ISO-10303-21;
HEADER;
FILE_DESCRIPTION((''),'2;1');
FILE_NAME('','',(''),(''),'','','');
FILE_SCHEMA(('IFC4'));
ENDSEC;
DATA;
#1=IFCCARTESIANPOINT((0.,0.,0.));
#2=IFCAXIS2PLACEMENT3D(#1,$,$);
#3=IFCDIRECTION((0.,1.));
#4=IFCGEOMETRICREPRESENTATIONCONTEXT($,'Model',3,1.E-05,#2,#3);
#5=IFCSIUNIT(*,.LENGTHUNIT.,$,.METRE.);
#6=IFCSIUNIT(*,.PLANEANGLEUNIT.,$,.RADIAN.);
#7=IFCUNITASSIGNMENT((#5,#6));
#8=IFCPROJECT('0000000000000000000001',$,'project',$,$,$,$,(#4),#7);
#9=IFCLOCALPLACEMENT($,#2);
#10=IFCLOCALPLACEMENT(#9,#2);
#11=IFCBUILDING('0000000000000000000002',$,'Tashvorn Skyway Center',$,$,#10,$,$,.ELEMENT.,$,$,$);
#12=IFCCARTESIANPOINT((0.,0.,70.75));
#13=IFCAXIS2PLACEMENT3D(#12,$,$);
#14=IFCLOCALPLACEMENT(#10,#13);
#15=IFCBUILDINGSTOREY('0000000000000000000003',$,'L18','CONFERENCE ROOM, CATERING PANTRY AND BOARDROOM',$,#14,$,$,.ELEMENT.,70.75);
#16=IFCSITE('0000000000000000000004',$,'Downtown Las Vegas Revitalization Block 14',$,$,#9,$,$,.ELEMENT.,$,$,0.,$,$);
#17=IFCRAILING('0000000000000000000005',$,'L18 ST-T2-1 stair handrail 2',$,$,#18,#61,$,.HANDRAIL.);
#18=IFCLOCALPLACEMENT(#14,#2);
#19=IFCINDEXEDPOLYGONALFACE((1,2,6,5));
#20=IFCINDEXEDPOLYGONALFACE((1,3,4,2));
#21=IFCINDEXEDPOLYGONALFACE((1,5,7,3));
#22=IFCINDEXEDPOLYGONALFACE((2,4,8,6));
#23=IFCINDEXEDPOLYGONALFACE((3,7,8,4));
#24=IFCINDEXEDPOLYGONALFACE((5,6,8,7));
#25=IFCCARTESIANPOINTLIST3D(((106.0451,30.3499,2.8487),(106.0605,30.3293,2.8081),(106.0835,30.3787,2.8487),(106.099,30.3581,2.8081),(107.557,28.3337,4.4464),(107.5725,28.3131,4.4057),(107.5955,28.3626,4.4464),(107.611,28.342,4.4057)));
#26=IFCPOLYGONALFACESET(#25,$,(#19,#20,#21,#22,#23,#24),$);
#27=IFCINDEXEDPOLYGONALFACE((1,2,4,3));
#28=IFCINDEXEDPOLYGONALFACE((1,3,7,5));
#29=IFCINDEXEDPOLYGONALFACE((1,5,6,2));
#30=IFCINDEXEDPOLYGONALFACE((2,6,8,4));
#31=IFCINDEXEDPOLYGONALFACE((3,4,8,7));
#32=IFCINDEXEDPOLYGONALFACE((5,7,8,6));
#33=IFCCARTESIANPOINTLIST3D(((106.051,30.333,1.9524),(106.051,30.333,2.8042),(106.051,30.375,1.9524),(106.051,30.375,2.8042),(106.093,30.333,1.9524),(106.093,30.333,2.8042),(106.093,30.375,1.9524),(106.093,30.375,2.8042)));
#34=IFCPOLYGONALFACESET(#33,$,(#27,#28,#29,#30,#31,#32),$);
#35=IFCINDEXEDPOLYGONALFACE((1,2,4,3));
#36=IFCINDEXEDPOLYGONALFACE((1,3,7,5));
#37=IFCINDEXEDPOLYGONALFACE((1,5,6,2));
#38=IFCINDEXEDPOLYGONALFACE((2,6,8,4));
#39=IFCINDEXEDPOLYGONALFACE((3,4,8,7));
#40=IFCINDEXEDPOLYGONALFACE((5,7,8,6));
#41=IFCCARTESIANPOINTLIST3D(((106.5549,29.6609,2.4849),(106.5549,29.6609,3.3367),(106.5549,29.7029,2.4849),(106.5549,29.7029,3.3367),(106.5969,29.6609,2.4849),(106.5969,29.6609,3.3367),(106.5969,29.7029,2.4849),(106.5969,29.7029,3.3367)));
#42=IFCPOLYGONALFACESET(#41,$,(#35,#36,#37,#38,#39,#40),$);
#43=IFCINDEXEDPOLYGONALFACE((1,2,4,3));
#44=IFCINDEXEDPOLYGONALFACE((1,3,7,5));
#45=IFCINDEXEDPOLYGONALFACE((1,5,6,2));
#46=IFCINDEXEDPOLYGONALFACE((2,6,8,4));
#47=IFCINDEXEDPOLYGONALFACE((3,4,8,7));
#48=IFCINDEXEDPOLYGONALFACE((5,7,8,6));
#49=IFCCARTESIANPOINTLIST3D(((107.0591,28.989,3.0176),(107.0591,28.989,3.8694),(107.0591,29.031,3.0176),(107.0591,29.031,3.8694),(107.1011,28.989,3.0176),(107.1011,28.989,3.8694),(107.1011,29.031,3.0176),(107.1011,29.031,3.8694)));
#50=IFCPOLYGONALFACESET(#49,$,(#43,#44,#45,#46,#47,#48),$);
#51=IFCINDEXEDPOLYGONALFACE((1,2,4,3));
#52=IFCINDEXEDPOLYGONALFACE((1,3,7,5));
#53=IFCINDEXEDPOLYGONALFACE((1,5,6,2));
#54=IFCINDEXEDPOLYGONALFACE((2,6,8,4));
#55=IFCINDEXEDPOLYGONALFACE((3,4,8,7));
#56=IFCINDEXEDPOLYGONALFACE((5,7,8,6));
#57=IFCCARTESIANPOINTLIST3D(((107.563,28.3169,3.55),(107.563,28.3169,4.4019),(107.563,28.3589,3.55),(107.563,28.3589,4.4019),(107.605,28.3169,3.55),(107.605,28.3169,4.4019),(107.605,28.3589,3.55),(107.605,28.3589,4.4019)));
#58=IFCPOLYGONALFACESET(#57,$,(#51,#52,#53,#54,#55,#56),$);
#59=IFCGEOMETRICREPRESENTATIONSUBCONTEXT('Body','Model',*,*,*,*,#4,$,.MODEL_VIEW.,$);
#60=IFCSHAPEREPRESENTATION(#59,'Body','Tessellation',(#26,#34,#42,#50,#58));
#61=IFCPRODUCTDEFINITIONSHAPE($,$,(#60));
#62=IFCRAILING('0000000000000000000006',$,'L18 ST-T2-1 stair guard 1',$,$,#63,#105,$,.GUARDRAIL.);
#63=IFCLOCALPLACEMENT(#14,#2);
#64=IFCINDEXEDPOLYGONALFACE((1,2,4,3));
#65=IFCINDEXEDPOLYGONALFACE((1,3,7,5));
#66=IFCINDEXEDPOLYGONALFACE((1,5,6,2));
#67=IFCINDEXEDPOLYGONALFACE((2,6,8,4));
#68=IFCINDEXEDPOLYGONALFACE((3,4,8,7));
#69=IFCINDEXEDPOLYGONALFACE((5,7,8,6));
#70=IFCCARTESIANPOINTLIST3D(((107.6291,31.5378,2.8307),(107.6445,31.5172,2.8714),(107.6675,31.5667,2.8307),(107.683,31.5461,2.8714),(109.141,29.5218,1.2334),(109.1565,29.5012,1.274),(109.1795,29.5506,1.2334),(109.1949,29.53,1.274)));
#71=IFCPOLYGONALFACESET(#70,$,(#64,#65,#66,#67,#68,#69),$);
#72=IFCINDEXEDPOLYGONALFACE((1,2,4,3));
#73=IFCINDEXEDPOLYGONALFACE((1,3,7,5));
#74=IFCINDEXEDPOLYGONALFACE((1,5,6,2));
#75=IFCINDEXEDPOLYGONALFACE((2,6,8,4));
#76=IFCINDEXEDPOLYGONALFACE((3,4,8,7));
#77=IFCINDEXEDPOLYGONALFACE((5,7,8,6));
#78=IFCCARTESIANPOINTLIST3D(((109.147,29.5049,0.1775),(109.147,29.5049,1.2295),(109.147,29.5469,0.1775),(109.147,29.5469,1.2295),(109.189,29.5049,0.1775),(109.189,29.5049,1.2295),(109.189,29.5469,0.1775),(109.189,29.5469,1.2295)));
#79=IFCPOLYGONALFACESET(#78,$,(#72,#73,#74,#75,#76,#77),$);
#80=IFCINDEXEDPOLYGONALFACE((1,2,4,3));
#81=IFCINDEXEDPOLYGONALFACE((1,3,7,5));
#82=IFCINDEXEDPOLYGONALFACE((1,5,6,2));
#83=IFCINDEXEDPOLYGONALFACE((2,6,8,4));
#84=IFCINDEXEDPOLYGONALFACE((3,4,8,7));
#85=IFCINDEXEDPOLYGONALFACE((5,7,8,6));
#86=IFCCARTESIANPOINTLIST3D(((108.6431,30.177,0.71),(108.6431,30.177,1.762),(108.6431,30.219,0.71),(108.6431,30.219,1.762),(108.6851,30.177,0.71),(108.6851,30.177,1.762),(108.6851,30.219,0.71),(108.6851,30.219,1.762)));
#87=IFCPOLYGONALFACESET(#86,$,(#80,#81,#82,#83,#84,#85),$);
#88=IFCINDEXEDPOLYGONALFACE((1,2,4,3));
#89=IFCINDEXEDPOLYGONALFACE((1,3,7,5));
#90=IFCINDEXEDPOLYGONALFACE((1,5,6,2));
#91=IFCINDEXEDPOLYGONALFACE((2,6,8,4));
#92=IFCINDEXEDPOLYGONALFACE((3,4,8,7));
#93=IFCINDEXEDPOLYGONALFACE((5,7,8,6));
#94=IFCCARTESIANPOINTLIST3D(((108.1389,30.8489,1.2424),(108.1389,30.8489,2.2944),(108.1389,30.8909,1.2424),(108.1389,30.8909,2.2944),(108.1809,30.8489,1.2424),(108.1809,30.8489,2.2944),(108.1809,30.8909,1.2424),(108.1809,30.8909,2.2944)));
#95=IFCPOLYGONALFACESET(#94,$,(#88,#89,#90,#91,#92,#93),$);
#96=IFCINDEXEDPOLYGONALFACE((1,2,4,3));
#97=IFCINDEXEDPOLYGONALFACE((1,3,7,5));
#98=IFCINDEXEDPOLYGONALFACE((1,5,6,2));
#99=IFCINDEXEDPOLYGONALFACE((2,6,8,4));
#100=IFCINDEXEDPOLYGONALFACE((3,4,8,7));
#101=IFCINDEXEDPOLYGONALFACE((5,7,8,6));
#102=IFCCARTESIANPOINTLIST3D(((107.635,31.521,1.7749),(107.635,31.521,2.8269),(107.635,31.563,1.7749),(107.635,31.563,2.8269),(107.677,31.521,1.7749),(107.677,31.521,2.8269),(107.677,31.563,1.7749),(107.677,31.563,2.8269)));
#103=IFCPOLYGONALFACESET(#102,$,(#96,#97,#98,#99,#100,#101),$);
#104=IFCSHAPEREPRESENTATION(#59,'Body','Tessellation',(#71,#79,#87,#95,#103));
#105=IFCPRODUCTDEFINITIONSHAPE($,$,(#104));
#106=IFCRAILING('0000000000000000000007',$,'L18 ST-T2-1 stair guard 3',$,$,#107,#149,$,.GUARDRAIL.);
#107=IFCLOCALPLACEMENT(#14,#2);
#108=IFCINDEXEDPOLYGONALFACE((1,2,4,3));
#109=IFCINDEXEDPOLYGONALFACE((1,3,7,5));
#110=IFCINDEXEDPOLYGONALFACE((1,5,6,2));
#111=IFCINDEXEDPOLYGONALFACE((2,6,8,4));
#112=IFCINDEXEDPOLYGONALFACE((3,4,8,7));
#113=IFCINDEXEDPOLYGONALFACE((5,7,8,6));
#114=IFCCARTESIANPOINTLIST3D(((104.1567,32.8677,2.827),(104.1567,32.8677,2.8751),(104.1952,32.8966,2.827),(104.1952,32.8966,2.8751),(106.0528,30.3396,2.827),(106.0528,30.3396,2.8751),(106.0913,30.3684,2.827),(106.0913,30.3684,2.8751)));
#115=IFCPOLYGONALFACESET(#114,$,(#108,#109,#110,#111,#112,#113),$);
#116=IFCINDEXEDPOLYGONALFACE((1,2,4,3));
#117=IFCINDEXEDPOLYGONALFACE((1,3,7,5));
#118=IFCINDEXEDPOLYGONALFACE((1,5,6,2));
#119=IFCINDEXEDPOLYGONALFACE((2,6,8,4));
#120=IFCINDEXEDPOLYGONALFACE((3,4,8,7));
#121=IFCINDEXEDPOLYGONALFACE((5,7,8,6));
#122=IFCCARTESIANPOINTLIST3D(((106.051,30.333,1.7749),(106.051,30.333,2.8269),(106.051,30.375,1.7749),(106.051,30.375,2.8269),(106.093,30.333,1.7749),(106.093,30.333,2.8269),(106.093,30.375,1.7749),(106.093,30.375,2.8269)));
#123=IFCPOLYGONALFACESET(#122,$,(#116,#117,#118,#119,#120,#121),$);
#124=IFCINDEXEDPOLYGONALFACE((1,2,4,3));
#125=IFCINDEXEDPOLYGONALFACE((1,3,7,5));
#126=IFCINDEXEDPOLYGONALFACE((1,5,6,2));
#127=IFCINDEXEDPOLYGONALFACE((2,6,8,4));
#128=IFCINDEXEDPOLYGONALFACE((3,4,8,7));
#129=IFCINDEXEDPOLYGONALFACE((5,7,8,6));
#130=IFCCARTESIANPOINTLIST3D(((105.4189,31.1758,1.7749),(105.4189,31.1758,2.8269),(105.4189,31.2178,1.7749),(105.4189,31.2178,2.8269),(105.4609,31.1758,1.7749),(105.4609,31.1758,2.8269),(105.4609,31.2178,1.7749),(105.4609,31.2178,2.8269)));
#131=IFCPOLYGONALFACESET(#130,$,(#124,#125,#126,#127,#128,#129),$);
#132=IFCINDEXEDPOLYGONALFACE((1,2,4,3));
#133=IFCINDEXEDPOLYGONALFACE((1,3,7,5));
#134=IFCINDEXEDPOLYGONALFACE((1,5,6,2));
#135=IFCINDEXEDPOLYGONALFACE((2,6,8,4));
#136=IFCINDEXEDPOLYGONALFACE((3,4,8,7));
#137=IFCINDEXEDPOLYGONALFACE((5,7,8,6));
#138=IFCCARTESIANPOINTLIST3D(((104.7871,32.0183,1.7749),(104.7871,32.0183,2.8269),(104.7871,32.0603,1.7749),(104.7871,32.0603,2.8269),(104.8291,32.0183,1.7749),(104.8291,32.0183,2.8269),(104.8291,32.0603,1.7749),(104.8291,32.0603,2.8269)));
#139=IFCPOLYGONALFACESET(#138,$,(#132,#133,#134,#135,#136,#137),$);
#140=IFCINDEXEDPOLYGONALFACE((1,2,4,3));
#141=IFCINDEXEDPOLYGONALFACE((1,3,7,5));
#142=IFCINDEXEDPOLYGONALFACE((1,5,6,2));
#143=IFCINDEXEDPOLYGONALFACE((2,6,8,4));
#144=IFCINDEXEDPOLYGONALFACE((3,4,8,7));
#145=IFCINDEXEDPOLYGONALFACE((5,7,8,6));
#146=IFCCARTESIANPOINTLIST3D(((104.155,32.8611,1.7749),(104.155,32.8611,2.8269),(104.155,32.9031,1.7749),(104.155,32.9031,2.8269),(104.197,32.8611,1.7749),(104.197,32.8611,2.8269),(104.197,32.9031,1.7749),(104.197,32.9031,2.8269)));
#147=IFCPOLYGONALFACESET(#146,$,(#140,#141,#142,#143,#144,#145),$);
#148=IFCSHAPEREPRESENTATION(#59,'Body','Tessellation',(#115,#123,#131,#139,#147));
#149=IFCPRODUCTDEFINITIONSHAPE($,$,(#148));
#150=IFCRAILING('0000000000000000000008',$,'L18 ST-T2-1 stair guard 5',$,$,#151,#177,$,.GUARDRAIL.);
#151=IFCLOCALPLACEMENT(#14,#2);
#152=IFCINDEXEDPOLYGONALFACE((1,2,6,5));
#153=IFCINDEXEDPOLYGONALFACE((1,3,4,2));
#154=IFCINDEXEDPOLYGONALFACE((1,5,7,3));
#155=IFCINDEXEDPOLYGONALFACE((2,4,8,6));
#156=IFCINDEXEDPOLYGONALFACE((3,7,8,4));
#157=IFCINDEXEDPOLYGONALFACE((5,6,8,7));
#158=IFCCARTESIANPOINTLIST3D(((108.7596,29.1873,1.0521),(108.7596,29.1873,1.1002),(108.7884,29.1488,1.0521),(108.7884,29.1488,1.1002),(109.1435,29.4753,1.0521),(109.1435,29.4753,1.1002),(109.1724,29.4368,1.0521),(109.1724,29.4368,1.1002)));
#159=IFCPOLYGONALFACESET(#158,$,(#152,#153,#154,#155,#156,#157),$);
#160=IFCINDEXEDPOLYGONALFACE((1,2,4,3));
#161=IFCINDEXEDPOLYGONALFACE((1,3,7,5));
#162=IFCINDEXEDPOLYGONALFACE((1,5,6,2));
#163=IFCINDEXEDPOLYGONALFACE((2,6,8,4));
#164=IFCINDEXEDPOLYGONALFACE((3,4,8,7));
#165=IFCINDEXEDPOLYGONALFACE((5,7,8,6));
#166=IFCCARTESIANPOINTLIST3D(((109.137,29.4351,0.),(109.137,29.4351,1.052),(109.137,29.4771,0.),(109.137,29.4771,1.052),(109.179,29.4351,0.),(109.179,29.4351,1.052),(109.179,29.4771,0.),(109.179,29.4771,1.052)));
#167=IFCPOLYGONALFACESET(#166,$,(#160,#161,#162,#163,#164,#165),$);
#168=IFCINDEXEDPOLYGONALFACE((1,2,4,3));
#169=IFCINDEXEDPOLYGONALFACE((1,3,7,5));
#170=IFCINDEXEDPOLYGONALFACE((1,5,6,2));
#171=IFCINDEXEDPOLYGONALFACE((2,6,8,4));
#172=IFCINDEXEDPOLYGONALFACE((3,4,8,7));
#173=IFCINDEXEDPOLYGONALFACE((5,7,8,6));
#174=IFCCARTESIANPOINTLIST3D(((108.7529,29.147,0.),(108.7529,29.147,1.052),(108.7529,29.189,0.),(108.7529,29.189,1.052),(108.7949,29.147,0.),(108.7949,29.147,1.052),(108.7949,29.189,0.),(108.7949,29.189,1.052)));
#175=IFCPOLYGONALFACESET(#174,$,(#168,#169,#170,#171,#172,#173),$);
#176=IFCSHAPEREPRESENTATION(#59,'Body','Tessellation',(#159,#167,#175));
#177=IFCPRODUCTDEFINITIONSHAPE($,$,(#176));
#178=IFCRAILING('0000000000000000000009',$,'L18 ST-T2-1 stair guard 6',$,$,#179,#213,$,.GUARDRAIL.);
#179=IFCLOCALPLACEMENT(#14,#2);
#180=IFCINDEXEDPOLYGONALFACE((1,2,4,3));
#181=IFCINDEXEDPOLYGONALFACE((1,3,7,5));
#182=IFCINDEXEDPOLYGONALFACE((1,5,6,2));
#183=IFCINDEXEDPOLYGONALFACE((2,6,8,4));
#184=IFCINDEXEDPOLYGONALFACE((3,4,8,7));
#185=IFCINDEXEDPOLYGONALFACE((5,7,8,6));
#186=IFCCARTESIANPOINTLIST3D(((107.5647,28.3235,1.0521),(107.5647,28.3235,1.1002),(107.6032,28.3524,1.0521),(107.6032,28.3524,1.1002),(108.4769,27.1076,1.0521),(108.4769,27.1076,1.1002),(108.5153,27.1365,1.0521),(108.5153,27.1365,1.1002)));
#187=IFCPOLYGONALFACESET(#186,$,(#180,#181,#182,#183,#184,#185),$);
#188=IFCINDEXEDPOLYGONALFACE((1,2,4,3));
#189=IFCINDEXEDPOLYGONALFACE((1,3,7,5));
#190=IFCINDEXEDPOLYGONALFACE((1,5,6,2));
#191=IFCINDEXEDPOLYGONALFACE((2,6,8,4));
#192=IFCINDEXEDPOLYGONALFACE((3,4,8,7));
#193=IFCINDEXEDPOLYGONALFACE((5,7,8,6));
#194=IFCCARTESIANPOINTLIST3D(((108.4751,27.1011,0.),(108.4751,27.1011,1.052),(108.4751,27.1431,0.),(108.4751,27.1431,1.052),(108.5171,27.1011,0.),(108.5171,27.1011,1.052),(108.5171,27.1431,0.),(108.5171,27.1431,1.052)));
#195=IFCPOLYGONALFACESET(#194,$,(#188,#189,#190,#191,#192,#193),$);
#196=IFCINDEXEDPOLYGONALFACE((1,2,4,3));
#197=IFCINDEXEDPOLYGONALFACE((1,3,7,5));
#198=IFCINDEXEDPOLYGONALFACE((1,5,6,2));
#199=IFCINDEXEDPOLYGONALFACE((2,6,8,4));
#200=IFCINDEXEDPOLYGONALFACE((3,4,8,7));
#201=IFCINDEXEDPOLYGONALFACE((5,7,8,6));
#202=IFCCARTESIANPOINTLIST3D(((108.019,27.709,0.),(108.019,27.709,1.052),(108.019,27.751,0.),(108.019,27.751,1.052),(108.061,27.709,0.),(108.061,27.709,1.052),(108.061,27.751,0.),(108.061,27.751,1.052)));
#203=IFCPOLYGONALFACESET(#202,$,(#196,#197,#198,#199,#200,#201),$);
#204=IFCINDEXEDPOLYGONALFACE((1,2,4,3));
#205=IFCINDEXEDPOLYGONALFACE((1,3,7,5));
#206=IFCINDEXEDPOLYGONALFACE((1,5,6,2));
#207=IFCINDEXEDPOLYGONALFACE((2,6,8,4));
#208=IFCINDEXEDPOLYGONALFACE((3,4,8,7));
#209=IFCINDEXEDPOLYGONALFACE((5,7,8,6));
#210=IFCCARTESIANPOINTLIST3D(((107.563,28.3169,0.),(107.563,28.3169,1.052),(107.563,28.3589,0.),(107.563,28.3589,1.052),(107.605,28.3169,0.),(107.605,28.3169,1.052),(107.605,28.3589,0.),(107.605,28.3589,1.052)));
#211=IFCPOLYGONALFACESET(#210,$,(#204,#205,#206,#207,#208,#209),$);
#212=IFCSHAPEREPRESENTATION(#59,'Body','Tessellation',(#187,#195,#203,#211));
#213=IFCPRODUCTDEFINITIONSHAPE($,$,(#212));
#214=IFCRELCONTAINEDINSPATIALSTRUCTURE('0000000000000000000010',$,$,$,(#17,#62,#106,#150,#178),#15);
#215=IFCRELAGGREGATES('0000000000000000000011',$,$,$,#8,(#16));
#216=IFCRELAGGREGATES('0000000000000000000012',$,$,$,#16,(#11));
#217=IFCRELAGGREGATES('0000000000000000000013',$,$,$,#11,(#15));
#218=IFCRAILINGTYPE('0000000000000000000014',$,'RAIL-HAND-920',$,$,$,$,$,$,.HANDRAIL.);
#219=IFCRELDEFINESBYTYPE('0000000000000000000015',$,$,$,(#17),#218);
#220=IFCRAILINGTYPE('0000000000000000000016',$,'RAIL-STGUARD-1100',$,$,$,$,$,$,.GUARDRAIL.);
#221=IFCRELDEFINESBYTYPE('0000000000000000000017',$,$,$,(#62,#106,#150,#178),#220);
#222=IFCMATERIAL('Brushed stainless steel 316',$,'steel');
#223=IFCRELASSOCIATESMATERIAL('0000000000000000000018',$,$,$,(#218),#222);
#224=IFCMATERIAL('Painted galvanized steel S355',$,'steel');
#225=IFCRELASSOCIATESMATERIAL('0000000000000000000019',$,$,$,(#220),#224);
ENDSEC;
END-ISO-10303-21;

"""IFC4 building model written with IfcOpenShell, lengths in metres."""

from ifc_helpers import new_model, si_unit, direction, frame, origin, origin_2d, place, context, subcontext, project, spatial, rectangle, extrude, material, type_object, element, save


model = new_model("IFC4")

# Units and contexts
model_context = context("Model", 3, precision=1e-05, world=origin(), true_north=direction((0.0, 1.0)))
body_context = subcontext(model_context, "Body", "Model", "MODEL_VIEW")
ifc_project = project(units=[si_unit("LENGTHUNIT", "METRE"), si_unit("PLANEANGLEUNIT", "RADIAN")], contexts=[model_context])

# Site, building, storey
site_placement = place(None, origin())
site = spatial("IfcSite", under=ifc_project, at=site_placement, Name="Downtown Las Vegas Revitalization Block 14", CompositionType="ELEMENT", RefElevation=0.0)
building_placement = place(site_placement, origin())
building = spatial("IfcBuilding", under=site, at=building_placement, Name="Tashvorn Skyway Center", CompositionType="ELEMENT")
storey_placement = place(building_placement, frame((0.0, 0.0, 70.75)))
storey = spatial("IfcBuildingStorey", under=building, at=storey_placement, Name="L18", Description="CONFERENCE ROOM, CATERING PANTRY AND BOARDROOM", CompositionType="ELEMENT", Elevation=70.75)

# Railings
ifc_material_1 = material(Name="Brushed stainless steel 316", Category="steel")
railing_type_1 = type_object("IfcRailingType", Name="RAIL-HAND-920", PredefinedType="HANDRAIL", material=ifc_material_1)
railing_1_placement = place(storey_placement, frame((106.072, 30.354, 1.9524)))
element("IfcRailing", 1, at=railing_1_placement, inside=storey, type_object=railing_type_1, Name="L18 ST-T2-1 stair handrail 2", PredefinedType="HANDRAIL", context=body_context, shape_type="SweptSolid", body=[
    extrude(rectangle(XDim=0.0481, YDim=0.0481, at=origin_2d()), frame((0.0, 0.0, 0.876), z_axis=(0.506719, -0.675679, 0.535438), x_axis=(0.800023, 0.599969, 0.0)), (0.0, 0.0, 1.0), 2.9839),
    extrude(rectangle(XDim=0.042, YDim=0.042, at=origin_2d()), origin(), (0.0, 0.0, 1.0), 0.8518),
    extrude(rectangle(XDim=0.042, YDim=0.042, at=origin_2d()), frame((0.5039, -0.6721, 0.5325)), (0.0, 0.0, 1.0), 0.8518),
    extrude(rectangle(XDim=0.042, YDim=0.042, at=origin_2d()), frame((1.0081, -1.344, 1.0652)), (0.0, 0.0, 1.0), 0.8518),
    extrude(rectangle(XDim=0.042, YDim=0.042, at=origin_2d()), frame((1.512, -2.0161, 1.5977)), (0.0, 0.0, 1.0), 0.8518),
])
ifc_material_2 = material(Name="Painted galvanized steel S355", Category="steel")
railing_type_2 = type_object("IfcRailingType", Name="RAIL-STGUARD-1100", PredefinedType="GUARDRAIL", material=ifc_material_2)
railing_2_placement = place(storey_placement, frame((109.168, 29.5259, 0.1775)))
element("IfcRailing", 2, at=railing_2_placement, inside=storey, type_object=railing_type_2, Name="L18 ST-T2-1 stair guard 1", PredefinedType="GUARDRAIL", context=body_context, shape_type="SweptSolid", body=[
    extrude(rectangle(XDim=0.0481, YDim=0.0481, at=origin_2d()), frame((0.0, 0.0, 1.0762), z_axis=(-0.506741, 0.675709, 0.535379), x_axis=(-0.800023, -0.599969, 0.0)), (0.0, 0.0, 1.0), 2.9836),
    extrude(rectangle(XDim=0.042, YDim=0.042, at=origin_2d()), origin(), (0.0, 0.0, 1.0), 1.052),
    extrude(rectangle(XDim=0.042, YDim=0.042, at=origin_2d()), frame((-0.5039, 0.6721, 0.5325)), (0.0, 0.0, 1.0), 1.052),
    extrude(rectangle(XDim=0.042, YDim=0.042, at=origin_2d()), frame((-1.0081, 1.344, 1.0649)), (0.0, 0.0, 1.0), 1.052),
    extrude(rectangle(XDim=0.042, YDim=0.042, at=origin_2d()), frame((-1.512, 2.0161, 1.5974)), (0.0, 0.0, 1.0), 1.052),
])
railing_3_placement = place(storey_placement, frame((106.072, 30.354, 1.7749)))
element("IfcRailing", 3, at=railing_3_placement, inside=storey, type_object=railing_type_2, Name="L18 ST-T2-1 stair guard 3", PredefinedType="GUARDRAIL", context=body_context, shape_type="SweptSolid", body=[
    extrude(rectangle(XDim=0.0481, YDim=0.0481, at=origin_2d()), frame((0.0, 0.0, 1.0762), z_axis=(-0.599988, 0.800009, 0.0), x_axis=(-0.800009, -0.599988, 0.0)), (0.0, 0.0, 1.0), 3.1602),
    extrude(rectangle(XDim=0.042, YDim=0.042, at=origin_2d()), origin(), (0.0, 0.0, 1.0), 1.052),
    extrude(rectangle(XDim=0.042, YDim=0.042, at=origin_2d()), frame((-0.6321, 0.8428, 0.0)), (0.0, 0.0, 1.0), 1.052),
    extrude(rectangle(XDim=0.042, YDim=0.042, at=origin_2d()), frame((-1.2639, 1.6853, 0.0)), (0.0, 0.0, 1.0), 1.052),
    extrude(rectangle(XDim=0.042, YDim=0.042, at=origin_2d()), frame((-1.896, 2.5281, 0.0)), (0.0, 0.0, 1.0), 1.052),
])
railing_4_placement = place(storey_placement, frame((109.158, 29.4561, 0.0)))
element("IfcRailing", 4, at=railing_4_placement, inside=storey, type_object=railing_type_2, Name="L18 ST-T2-1 stair guard 5", PredefinedType="GUARDRAIL", context=body_context, shape_type="SweptSolid", body=[
    extrude(rectangle(XDim=0.0481, YDim=0.0481, at=origin_2d()), frame((0.0, 0.0, 1.0762), z_axis=(-0.799939, -0.600081, 0.0), x_axis=(0.600081, -0.799939, 0.0)), (0.0, 0.0, 1.0), 0.48),
    extrude(rectangle(XDim=0.042, YDim=0.042, at=origin_2d()), origin(), (0.0, 0.0, 1.0), 1.052),
    extrude(rectangle(XDim=0.042, YDim=0.042, at=origin_2d()), frame((-0.384, -0.2881, 0.0)), (0.0, 0.0, 1.0), 1.052),
])
railing_5_placement = place(storey_placement, frame((108.4961, 27.1221, 0.0)))
element("IfcRailing", 5, at=railing_5_placement, inside=storey, type_object=railing_type_2, Name="L18 ST-T2-1 stair guard 6", PredefinedType="GUARDRAIL", context=body_context, shape_type="SweptSolid", body=[
    extrude(rectangle(XDim=0.0481, YDim=0.0481, at=origin_2d()), frame((0.0, 0.0, 1.0762), z_axis=(-0.600103, 0.799923, 0.0), x_axis=(-0.799923, -0.600103, 0.0)), (0.0, 0.0, 1.0), 1.52),
    extrude(rectangle(XDim=0.042, YDim=0.042, at=origin_2d()), origin(), (0.0, 0.0, 1.0), 1.052),
    extrude(rectangle(XDim=0.042, YDim=0.042, at=origin_2d()), frame((-0.4561, 0.6079, 0.0)), (0.0, 0.0, 1.0), 1.052),
    extrude(rectangle(XDim=0.042, YDim=0.042, at=origin_2d()), frame((-0.9121, 1.2158, 0.0)), (0.0, 0.0, 1.0), 1.052),
])

save(model, "model.ifc")
